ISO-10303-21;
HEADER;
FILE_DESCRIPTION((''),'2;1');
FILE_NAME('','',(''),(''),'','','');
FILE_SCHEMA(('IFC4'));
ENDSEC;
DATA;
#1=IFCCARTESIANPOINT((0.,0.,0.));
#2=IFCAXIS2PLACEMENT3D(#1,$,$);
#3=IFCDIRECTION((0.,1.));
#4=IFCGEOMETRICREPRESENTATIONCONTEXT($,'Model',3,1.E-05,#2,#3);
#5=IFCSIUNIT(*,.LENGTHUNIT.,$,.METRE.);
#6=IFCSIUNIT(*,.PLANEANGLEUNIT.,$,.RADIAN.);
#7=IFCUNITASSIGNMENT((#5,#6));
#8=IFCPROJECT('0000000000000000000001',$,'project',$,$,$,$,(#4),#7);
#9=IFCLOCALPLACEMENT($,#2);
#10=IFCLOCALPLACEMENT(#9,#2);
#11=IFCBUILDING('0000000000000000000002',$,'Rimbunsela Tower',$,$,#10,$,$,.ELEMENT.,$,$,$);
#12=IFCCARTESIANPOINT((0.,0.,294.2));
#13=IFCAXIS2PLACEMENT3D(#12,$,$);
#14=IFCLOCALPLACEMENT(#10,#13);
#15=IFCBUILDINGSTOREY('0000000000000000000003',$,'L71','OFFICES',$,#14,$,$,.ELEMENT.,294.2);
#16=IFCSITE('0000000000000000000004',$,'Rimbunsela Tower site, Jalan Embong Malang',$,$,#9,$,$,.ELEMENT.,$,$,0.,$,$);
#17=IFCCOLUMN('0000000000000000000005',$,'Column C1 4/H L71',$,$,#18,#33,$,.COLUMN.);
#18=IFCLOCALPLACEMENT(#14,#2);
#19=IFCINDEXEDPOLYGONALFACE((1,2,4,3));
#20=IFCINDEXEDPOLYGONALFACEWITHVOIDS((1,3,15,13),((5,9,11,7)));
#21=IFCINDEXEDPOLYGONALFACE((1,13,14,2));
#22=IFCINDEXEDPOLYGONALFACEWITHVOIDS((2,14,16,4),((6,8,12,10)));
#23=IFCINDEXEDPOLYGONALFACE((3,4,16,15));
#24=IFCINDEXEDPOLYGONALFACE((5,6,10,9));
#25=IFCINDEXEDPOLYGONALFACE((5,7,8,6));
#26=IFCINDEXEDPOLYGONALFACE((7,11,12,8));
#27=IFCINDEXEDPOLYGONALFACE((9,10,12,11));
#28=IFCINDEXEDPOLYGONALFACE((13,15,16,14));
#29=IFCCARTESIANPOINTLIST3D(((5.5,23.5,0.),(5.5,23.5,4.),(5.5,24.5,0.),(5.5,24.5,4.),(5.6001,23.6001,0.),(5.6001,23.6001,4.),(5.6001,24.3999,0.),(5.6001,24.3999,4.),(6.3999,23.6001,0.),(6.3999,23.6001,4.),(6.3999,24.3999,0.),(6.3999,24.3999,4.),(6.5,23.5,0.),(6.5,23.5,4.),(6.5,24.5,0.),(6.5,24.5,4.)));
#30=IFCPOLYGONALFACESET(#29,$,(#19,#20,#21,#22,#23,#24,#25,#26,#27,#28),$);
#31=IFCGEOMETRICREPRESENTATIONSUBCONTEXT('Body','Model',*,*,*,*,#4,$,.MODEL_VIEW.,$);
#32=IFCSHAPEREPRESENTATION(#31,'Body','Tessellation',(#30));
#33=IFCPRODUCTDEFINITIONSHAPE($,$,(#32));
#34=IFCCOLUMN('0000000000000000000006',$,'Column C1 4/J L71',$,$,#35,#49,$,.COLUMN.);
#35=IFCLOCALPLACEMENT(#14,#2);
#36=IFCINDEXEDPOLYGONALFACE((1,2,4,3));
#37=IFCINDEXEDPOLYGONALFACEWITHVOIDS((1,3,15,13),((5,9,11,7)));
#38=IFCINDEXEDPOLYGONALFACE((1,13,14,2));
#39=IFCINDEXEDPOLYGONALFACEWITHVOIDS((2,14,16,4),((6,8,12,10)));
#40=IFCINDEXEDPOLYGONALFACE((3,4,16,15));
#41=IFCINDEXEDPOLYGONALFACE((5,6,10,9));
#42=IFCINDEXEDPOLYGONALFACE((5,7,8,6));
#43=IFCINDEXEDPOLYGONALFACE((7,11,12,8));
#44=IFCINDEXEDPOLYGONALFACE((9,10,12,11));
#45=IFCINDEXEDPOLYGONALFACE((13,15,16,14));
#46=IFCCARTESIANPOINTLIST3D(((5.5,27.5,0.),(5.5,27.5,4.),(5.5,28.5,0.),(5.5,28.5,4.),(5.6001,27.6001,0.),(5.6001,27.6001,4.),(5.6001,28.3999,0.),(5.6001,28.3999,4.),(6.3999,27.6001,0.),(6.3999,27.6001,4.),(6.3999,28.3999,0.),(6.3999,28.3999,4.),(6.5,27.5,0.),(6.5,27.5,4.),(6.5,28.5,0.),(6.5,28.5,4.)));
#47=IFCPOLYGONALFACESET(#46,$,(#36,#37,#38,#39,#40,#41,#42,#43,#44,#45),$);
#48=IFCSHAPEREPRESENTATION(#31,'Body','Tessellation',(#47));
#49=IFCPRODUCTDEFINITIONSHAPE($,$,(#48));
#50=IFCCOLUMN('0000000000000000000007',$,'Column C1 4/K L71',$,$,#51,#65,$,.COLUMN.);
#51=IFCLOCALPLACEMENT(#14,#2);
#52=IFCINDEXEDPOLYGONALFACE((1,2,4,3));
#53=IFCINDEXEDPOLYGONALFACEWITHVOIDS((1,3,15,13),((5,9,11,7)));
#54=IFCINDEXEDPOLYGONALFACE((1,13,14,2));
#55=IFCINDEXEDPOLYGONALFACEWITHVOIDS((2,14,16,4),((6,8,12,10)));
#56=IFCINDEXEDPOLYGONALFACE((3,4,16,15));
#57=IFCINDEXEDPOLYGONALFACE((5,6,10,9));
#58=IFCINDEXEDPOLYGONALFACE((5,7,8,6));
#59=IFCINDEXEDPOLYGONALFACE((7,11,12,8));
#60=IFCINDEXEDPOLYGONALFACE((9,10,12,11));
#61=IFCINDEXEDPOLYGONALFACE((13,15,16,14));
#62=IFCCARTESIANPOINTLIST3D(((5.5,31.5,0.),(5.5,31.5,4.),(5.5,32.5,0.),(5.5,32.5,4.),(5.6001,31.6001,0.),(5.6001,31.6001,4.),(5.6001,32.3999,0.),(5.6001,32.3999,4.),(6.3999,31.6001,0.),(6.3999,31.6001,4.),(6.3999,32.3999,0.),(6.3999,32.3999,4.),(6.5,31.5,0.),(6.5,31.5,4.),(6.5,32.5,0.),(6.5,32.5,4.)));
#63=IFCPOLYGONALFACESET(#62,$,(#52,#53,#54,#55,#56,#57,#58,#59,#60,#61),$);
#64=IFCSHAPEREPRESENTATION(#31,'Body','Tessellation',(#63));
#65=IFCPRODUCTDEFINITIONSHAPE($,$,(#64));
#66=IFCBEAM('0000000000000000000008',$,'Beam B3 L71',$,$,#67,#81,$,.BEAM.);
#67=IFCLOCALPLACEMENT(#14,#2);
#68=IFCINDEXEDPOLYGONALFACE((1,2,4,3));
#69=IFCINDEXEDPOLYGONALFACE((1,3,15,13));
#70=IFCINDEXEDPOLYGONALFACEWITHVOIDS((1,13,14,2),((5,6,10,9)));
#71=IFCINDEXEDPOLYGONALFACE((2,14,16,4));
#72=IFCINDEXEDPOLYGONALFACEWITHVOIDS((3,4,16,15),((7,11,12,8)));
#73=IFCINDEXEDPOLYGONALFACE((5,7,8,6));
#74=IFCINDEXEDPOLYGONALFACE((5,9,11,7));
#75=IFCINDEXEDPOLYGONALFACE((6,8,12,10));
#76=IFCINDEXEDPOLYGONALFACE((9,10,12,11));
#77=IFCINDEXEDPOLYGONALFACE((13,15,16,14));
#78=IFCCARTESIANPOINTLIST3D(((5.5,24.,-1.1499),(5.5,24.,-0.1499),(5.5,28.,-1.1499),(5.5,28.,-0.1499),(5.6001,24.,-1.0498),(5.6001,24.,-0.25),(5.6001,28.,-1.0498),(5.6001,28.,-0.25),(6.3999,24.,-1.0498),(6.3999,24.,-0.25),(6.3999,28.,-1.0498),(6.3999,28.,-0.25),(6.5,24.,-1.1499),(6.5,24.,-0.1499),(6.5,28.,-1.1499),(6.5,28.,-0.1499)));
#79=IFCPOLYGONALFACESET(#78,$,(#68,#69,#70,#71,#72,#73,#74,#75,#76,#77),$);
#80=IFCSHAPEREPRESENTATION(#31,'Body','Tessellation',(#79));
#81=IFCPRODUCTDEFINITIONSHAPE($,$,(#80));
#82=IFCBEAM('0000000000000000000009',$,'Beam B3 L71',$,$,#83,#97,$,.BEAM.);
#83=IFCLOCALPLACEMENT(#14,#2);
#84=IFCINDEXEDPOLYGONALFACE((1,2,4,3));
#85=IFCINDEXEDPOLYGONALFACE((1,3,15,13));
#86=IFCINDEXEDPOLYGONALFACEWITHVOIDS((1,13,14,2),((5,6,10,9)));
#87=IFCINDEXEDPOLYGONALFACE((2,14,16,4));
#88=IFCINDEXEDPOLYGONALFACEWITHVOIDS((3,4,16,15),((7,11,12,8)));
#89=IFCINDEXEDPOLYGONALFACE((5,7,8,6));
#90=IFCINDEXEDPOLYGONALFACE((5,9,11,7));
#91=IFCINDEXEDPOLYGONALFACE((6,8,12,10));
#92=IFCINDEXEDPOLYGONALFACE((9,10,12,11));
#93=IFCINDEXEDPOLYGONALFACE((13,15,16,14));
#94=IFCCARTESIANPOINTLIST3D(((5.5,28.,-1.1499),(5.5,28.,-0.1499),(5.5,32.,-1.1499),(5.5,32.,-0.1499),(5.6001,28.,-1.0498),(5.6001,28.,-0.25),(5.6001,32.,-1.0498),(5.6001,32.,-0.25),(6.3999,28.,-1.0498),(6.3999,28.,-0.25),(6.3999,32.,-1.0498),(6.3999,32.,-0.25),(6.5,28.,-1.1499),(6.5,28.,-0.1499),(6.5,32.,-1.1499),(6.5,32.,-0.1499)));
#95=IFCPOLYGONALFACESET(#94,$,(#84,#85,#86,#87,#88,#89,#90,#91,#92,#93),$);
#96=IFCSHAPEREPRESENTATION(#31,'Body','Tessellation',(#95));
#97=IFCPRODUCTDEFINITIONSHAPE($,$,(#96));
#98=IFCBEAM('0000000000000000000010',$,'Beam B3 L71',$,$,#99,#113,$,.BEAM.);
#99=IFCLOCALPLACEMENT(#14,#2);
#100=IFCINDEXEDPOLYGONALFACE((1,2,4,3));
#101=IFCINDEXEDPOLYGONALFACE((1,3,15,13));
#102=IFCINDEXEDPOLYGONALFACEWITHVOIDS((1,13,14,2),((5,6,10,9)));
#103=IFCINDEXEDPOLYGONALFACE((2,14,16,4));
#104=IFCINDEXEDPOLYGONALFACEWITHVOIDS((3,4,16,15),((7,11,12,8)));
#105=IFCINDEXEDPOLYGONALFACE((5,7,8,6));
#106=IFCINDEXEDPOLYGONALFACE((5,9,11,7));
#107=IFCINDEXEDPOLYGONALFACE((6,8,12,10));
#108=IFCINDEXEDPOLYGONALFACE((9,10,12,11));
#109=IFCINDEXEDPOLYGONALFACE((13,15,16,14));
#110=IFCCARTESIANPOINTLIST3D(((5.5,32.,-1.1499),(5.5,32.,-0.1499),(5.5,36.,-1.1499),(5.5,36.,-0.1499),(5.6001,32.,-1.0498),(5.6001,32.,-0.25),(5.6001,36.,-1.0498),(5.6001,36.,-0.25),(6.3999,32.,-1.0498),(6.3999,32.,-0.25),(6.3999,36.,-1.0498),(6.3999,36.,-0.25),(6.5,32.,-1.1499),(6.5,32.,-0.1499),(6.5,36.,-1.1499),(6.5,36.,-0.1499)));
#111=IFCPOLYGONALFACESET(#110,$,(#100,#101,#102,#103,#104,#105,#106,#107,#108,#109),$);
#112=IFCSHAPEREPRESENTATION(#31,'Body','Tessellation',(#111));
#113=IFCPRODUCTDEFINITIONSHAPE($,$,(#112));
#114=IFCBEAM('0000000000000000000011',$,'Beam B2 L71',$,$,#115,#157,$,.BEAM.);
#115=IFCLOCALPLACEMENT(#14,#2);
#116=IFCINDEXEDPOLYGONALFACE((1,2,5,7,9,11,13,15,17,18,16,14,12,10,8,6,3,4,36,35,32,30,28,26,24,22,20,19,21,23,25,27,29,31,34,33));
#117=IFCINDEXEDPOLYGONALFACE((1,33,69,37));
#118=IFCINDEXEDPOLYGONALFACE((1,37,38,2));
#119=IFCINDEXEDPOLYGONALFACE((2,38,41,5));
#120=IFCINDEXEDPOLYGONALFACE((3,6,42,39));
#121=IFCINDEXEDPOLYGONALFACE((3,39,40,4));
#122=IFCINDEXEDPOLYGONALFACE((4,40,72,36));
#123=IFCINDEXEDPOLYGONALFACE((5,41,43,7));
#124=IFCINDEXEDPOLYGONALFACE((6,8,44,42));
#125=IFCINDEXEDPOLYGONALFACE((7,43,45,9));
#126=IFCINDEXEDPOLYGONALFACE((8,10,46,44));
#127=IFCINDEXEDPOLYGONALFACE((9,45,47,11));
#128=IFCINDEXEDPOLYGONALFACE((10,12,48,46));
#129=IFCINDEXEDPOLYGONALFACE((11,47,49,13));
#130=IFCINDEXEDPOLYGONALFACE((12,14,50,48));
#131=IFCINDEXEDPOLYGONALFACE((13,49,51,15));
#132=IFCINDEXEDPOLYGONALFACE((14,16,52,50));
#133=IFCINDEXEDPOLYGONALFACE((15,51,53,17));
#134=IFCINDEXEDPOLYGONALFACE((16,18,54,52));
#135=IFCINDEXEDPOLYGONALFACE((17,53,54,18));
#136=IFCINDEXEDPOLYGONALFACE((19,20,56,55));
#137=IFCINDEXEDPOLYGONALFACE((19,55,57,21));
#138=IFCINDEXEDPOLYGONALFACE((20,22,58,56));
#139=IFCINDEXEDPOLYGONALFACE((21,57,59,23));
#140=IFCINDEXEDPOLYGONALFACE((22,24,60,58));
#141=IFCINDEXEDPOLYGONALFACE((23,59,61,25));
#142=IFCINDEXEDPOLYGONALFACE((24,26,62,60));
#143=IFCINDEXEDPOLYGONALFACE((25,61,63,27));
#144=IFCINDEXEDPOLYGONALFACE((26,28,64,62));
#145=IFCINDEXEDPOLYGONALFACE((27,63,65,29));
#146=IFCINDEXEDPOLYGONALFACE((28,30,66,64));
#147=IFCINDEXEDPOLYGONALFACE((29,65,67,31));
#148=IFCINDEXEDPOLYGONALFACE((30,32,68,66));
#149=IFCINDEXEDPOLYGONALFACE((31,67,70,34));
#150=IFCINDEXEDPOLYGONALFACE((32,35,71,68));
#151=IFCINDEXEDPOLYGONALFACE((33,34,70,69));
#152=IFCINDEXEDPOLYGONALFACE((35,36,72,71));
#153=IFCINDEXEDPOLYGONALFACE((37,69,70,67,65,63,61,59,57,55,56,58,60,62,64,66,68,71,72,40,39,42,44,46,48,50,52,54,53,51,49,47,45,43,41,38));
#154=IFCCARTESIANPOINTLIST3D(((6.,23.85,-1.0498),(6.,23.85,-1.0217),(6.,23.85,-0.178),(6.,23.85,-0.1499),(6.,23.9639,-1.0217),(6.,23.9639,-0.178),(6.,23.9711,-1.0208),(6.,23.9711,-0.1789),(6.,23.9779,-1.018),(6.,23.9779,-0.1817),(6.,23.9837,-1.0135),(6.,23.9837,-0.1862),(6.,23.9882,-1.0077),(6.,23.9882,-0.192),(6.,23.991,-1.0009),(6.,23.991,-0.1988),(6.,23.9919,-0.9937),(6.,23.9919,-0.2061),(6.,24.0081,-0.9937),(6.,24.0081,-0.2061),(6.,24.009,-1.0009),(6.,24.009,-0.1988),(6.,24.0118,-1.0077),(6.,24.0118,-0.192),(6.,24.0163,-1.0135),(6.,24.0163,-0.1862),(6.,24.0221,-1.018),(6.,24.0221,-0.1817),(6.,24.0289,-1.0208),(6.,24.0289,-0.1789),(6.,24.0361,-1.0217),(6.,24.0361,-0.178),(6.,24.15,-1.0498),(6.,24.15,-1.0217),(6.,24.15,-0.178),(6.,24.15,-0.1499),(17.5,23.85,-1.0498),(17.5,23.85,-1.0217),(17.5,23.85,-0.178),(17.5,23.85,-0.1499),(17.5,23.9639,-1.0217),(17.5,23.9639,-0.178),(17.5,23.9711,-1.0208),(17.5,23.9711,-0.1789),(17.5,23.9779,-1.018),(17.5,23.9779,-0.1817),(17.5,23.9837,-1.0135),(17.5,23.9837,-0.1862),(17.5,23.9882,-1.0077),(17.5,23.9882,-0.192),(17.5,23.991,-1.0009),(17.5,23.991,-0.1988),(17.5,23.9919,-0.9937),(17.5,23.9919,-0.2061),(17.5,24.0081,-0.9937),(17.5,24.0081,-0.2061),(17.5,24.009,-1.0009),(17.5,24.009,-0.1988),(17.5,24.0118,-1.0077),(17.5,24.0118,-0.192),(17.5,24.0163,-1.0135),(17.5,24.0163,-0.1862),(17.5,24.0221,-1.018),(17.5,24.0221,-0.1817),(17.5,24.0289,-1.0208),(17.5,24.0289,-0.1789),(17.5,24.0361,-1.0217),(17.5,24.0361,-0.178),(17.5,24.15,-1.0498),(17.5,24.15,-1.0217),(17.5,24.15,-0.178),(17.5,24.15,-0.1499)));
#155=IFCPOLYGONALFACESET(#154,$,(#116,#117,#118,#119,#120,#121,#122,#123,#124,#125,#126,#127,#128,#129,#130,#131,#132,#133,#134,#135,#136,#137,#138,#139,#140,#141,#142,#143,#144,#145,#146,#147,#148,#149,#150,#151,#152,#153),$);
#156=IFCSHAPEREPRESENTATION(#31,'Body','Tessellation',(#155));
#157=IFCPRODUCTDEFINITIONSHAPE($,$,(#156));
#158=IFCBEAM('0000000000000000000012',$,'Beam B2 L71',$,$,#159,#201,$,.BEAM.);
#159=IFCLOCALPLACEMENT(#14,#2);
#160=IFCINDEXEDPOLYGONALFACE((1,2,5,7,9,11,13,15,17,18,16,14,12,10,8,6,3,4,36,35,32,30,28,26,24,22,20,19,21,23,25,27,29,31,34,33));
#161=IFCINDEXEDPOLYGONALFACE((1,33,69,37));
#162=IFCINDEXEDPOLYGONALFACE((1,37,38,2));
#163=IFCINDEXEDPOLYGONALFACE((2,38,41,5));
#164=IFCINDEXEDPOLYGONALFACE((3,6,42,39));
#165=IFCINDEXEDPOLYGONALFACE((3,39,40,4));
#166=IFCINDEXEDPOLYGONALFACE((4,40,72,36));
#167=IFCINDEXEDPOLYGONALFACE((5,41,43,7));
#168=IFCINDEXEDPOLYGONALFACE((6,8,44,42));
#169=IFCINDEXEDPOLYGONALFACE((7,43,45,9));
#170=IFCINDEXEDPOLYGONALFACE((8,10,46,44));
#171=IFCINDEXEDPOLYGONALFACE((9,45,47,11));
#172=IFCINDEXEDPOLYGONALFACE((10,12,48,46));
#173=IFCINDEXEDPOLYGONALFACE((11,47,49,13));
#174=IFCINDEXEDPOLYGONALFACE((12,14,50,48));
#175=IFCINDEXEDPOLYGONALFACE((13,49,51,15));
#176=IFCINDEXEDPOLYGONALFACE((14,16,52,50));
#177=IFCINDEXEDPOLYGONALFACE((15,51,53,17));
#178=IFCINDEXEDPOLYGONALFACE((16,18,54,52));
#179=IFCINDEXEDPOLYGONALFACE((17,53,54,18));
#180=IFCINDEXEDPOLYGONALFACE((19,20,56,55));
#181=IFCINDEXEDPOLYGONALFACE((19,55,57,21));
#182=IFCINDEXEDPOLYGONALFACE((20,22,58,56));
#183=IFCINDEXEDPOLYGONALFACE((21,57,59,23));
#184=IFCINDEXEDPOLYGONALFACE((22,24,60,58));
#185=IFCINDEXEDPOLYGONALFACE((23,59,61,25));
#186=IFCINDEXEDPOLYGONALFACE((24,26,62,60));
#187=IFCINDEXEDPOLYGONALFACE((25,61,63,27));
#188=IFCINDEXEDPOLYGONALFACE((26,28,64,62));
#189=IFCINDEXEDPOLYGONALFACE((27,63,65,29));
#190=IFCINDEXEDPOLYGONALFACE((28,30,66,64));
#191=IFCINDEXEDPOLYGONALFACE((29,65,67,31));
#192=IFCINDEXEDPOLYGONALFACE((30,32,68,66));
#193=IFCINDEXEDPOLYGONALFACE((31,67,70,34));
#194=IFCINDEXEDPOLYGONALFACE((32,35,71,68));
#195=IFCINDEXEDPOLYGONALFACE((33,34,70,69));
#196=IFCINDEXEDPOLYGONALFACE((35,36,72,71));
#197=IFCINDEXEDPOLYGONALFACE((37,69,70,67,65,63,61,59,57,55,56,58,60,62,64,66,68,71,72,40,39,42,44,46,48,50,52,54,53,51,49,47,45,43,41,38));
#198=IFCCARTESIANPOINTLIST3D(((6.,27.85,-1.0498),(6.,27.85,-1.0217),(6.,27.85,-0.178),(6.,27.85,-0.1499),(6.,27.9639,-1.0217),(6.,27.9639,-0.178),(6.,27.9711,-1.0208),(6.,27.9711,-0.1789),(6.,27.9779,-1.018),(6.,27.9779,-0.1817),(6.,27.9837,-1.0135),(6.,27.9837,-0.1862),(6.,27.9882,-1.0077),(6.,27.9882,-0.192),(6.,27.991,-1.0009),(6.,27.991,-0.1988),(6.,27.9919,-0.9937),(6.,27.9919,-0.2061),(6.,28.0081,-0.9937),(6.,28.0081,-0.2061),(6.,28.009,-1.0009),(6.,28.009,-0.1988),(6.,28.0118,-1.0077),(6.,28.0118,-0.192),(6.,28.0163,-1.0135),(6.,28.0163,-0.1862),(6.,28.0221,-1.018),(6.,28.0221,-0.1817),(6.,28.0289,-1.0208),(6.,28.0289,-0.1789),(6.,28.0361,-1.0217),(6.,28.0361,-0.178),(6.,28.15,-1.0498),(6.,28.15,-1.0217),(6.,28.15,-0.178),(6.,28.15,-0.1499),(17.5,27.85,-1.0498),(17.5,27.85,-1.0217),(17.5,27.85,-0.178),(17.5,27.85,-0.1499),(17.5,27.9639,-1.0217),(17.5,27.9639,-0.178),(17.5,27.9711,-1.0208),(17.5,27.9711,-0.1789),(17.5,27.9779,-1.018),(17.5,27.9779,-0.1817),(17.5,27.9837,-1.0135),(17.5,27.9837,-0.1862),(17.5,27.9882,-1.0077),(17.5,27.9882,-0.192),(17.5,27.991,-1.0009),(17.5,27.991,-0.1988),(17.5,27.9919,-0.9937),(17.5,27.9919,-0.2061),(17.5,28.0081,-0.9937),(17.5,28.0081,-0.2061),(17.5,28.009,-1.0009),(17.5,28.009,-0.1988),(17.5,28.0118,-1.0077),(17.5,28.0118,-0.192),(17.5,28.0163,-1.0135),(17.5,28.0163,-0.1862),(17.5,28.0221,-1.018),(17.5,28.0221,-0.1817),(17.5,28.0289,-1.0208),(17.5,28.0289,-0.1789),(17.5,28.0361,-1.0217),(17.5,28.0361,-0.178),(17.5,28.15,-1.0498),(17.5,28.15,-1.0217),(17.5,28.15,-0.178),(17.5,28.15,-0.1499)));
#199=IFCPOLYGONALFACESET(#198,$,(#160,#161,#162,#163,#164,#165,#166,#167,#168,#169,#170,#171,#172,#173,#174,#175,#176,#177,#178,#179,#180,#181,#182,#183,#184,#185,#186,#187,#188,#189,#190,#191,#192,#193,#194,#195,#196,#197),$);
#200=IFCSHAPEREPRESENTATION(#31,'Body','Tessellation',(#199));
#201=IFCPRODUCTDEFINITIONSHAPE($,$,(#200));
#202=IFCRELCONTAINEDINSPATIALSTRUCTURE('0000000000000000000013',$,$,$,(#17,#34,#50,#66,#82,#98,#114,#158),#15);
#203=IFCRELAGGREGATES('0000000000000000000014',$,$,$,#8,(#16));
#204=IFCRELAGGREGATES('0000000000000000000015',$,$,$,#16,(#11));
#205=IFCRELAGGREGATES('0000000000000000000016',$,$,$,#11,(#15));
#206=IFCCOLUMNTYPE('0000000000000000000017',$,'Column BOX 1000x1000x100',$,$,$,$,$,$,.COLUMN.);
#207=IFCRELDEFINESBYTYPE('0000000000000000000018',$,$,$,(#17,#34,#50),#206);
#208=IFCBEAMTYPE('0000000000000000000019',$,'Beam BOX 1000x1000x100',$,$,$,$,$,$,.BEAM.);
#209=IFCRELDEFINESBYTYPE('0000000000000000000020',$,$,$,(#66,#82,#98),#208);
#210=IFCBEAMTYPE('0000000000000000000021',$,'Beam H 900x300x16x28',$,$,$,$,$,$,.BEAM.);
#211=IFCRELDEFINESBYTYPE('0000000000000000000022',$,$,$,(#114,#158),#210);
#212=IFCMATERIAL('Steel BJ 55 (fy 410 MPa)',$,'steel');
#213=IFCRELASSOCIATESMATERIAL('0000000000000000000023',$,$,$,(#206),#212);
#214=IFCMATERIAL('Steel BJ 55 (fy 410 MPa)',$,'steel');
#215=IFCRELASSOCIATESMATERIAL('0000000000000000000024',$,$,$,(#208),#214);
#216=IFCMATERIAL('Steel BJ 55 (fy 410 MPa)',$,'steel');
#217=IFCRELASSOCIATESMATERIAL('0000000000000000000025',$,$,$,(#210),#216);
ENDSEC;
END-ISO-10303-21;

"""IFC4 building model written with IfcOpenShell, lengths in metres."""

from ifc_helpers import new_model, si_unit, direction, frame, origin, origin_2d, place, context, subcontext, project, spatial, hollow_rectangle, i_section, extrude, material, material_profile, profile_set, type_object, element, save


model = new_model("IFC4")

# Units and contexts
model_context = context("Model", 3, precision=1e-05, world=origin(), true_north=direction((0.0, 1.0)))
body_context = subcontext(model_context, "Body", "Model", "MODEL_VIEW")
ifc_project = project(units=[si_unit("LENGTHUNIT", "METRE"), si_unit("PLANEANGLEUNIT", "RADIAN")], contexts=[model_context])

# Site, building, storey
site_placement = place(None, origin())
site = spatial("IfcSite", under=ifc_project, at=site_placement, Name="Rimbunsela Tower site, Jalan Embong Malang", CompositionType="ELEMENT", RefElevation=0.0)
building_placement = place(site_placement, origin())
building = spatial("IfcBuilding", under=site, at=building_placement, Name="Rimbunsela Tower", CompositionType="ELEMENT")
storey_placement = place(building_placement, frame((0.0, 0.0, 294.2)))
storey = spatial("IfcBuildingStorey", under=building, at=storey_placement, Name="L71", Description="OFFICES", CompositionType="ELEMENT", Elevation=294.2)

# Columns
ifc_material_1 = material(Name="Steel BJ 55 (fy 410 MPa)", Category="steel")
ifc_material_profile_1 = material_profile(ifc_material_1, hollow_rectangle(XDim=1.0, YDim=1.0, WallThickness=0.1001, at=origin_2d()), Name="BOX 1000x1000x100")
ifc_profile_set_1 = profile_set([ifc_material_profile_1], Name="Steel BJ 55 (fy 410 MPa)")
column_type = type_object("IfcColumnType", Name="Column BOX 1000x1000x100", PredefinedType="COLUMN", material=ifc_profile_set_1)
for number, where, z_axis, x_axis, name in (
    (1, (6.0, 24.0, 0.0), (0.0, 0.0, 1.0), (1.0, 0.0, 0.0), "Column C1 4/H L71"),
    (2, (6.0, 28.0, 0.0), (0.0, 0.0, 1.0), (1.0, 0.0, 0.0), "Column C1 4/J L71"),
    (3, (6.0, 32.0, 0.0), (0.0, 0.0, 1.0), (1.0, 0.0, 0.0), "Column C1 4/K L71"),
):
    element("IfcColumn", number, at=place(storey_placement, frame(where, z_axis=z_axis, x_axis=x_axis)), inside=storey, type_object=column_type, Name=name, PredefinedType="COLUMN", context=body_context, shape_type="SweptSolid", body=[
        extrude(hollow_rectangle(XDim=1.0, YDim=1.0, WallThickness=0.1001, at=origin_2d()), origin(), (0.0, 0.0, 1.0), 4.0),
    ])

# Beams
ifc_material_2 = material(Name="Steel BJ 55 (fy 410 MPa)", Category="steel")
ifc_material_profile_2 = material_profile(ifc_material_2, hollow_rectangle(XDim=1.0, YDim=1.0, WallThickness=0.1001, at=origin_2d()), Name="BOX 1000x1000x100")
ifc_profile_set_2 = profile_set([ifc_material_profile_2], Name="Steel BJ 55 (fy 410 MPa)")
beam_type_1 = type_object("IfcBeamType", Name="Beam BOX 1000x1000x100", PredefinedType="BEAM", material=ifc_profile_set_2)
for number, where, z_axis, x_axis, name in (
    (4, (6.0, 24.0, -0.6499), (0.0, 1.0, 0.0), (-1.0, 0.0, 0.0), "Beam B3 L71"),
    (5, (6.0, 28.0, -0.6499), (0.0, 1.0, 0.0), (-1.0, 0.0, 0.0), "Beam B3 L71"),
    (6, (6.0, 32.0, -0.6499), (0.0, 1.0, 0.0), (-1.0, 0.0, 0.0), "Beam B3 L71"),
):
    element("IfcBeam", number, at=place(storey_placement, frame(where, z_axis=z_axis, x_axis=x_axis)), inside=storey, type_object=beam_type_1, Name=name, PredefinedType="BEAM", context=body_context, shape_type="SweptSolid", body=[
        extrude(hollow_rectangle(XDim=1.0, YDim=1.0, WallThickness=0.1001, at=origin_2d()), origin(), (0.0, 0.0, 1.0), 4.0),
    ])
ifc_material_3 = material(Name="Steel BJ 55 (fy 410 MPa)", Category="steel")
ifc_material_profile_3 = material_profile(ifc_material_3, i_section(OverallWidth=0.3, OverallDepth=0.8999, WebThickness=0.0161, FlangeThickness=0.0281, FilletRadius=0.0281, at=origin_2d()), Name="H 900x300x16x28")
ifc_profile_set_3 = profile_set([ifc_material_profile_3], Name="Steel BJ 55 (fy 410 MPa)")
beam_type_2 = type_object("IfcBeamType", Name="Beam H 900x300x16x28", PredefinedType="BEAM", material=ifc_profile_set_3)
for number, where, z_axis, x_axis, name in (
    (7, (6.0, 24.0, -0.5999), (1.0, 0.0, 0.0), (0.0, 1.0, 0.0), "Beam B2 L71"),
    (8, (6.0, 28.0, -0.5999), (1.0, 0.0, 0.0), (0.0, 1.0, 0.0), "Beam B2 L71"),
):
    element("IfcBeam", number, at=place(storey_placement, frame(where, z_axis=z_axis, x_axis=x_axis)), inside=storey, type_object=beam_type_2, Name=name, PredefinedType="BEAM", context=body_context, shape_type="SweptSolid", body=[
        extrude(i_section(OverallWidth=0.3, OverallDepth=0.8999, WebThickness=0.0161, FlangeThickness=0.0281, FilletRadius=0.0281, at=origin_2d()), origin(), (0.0, 0.0, 1.0), 11.5),
    ])

save(model, "model.ifc")
